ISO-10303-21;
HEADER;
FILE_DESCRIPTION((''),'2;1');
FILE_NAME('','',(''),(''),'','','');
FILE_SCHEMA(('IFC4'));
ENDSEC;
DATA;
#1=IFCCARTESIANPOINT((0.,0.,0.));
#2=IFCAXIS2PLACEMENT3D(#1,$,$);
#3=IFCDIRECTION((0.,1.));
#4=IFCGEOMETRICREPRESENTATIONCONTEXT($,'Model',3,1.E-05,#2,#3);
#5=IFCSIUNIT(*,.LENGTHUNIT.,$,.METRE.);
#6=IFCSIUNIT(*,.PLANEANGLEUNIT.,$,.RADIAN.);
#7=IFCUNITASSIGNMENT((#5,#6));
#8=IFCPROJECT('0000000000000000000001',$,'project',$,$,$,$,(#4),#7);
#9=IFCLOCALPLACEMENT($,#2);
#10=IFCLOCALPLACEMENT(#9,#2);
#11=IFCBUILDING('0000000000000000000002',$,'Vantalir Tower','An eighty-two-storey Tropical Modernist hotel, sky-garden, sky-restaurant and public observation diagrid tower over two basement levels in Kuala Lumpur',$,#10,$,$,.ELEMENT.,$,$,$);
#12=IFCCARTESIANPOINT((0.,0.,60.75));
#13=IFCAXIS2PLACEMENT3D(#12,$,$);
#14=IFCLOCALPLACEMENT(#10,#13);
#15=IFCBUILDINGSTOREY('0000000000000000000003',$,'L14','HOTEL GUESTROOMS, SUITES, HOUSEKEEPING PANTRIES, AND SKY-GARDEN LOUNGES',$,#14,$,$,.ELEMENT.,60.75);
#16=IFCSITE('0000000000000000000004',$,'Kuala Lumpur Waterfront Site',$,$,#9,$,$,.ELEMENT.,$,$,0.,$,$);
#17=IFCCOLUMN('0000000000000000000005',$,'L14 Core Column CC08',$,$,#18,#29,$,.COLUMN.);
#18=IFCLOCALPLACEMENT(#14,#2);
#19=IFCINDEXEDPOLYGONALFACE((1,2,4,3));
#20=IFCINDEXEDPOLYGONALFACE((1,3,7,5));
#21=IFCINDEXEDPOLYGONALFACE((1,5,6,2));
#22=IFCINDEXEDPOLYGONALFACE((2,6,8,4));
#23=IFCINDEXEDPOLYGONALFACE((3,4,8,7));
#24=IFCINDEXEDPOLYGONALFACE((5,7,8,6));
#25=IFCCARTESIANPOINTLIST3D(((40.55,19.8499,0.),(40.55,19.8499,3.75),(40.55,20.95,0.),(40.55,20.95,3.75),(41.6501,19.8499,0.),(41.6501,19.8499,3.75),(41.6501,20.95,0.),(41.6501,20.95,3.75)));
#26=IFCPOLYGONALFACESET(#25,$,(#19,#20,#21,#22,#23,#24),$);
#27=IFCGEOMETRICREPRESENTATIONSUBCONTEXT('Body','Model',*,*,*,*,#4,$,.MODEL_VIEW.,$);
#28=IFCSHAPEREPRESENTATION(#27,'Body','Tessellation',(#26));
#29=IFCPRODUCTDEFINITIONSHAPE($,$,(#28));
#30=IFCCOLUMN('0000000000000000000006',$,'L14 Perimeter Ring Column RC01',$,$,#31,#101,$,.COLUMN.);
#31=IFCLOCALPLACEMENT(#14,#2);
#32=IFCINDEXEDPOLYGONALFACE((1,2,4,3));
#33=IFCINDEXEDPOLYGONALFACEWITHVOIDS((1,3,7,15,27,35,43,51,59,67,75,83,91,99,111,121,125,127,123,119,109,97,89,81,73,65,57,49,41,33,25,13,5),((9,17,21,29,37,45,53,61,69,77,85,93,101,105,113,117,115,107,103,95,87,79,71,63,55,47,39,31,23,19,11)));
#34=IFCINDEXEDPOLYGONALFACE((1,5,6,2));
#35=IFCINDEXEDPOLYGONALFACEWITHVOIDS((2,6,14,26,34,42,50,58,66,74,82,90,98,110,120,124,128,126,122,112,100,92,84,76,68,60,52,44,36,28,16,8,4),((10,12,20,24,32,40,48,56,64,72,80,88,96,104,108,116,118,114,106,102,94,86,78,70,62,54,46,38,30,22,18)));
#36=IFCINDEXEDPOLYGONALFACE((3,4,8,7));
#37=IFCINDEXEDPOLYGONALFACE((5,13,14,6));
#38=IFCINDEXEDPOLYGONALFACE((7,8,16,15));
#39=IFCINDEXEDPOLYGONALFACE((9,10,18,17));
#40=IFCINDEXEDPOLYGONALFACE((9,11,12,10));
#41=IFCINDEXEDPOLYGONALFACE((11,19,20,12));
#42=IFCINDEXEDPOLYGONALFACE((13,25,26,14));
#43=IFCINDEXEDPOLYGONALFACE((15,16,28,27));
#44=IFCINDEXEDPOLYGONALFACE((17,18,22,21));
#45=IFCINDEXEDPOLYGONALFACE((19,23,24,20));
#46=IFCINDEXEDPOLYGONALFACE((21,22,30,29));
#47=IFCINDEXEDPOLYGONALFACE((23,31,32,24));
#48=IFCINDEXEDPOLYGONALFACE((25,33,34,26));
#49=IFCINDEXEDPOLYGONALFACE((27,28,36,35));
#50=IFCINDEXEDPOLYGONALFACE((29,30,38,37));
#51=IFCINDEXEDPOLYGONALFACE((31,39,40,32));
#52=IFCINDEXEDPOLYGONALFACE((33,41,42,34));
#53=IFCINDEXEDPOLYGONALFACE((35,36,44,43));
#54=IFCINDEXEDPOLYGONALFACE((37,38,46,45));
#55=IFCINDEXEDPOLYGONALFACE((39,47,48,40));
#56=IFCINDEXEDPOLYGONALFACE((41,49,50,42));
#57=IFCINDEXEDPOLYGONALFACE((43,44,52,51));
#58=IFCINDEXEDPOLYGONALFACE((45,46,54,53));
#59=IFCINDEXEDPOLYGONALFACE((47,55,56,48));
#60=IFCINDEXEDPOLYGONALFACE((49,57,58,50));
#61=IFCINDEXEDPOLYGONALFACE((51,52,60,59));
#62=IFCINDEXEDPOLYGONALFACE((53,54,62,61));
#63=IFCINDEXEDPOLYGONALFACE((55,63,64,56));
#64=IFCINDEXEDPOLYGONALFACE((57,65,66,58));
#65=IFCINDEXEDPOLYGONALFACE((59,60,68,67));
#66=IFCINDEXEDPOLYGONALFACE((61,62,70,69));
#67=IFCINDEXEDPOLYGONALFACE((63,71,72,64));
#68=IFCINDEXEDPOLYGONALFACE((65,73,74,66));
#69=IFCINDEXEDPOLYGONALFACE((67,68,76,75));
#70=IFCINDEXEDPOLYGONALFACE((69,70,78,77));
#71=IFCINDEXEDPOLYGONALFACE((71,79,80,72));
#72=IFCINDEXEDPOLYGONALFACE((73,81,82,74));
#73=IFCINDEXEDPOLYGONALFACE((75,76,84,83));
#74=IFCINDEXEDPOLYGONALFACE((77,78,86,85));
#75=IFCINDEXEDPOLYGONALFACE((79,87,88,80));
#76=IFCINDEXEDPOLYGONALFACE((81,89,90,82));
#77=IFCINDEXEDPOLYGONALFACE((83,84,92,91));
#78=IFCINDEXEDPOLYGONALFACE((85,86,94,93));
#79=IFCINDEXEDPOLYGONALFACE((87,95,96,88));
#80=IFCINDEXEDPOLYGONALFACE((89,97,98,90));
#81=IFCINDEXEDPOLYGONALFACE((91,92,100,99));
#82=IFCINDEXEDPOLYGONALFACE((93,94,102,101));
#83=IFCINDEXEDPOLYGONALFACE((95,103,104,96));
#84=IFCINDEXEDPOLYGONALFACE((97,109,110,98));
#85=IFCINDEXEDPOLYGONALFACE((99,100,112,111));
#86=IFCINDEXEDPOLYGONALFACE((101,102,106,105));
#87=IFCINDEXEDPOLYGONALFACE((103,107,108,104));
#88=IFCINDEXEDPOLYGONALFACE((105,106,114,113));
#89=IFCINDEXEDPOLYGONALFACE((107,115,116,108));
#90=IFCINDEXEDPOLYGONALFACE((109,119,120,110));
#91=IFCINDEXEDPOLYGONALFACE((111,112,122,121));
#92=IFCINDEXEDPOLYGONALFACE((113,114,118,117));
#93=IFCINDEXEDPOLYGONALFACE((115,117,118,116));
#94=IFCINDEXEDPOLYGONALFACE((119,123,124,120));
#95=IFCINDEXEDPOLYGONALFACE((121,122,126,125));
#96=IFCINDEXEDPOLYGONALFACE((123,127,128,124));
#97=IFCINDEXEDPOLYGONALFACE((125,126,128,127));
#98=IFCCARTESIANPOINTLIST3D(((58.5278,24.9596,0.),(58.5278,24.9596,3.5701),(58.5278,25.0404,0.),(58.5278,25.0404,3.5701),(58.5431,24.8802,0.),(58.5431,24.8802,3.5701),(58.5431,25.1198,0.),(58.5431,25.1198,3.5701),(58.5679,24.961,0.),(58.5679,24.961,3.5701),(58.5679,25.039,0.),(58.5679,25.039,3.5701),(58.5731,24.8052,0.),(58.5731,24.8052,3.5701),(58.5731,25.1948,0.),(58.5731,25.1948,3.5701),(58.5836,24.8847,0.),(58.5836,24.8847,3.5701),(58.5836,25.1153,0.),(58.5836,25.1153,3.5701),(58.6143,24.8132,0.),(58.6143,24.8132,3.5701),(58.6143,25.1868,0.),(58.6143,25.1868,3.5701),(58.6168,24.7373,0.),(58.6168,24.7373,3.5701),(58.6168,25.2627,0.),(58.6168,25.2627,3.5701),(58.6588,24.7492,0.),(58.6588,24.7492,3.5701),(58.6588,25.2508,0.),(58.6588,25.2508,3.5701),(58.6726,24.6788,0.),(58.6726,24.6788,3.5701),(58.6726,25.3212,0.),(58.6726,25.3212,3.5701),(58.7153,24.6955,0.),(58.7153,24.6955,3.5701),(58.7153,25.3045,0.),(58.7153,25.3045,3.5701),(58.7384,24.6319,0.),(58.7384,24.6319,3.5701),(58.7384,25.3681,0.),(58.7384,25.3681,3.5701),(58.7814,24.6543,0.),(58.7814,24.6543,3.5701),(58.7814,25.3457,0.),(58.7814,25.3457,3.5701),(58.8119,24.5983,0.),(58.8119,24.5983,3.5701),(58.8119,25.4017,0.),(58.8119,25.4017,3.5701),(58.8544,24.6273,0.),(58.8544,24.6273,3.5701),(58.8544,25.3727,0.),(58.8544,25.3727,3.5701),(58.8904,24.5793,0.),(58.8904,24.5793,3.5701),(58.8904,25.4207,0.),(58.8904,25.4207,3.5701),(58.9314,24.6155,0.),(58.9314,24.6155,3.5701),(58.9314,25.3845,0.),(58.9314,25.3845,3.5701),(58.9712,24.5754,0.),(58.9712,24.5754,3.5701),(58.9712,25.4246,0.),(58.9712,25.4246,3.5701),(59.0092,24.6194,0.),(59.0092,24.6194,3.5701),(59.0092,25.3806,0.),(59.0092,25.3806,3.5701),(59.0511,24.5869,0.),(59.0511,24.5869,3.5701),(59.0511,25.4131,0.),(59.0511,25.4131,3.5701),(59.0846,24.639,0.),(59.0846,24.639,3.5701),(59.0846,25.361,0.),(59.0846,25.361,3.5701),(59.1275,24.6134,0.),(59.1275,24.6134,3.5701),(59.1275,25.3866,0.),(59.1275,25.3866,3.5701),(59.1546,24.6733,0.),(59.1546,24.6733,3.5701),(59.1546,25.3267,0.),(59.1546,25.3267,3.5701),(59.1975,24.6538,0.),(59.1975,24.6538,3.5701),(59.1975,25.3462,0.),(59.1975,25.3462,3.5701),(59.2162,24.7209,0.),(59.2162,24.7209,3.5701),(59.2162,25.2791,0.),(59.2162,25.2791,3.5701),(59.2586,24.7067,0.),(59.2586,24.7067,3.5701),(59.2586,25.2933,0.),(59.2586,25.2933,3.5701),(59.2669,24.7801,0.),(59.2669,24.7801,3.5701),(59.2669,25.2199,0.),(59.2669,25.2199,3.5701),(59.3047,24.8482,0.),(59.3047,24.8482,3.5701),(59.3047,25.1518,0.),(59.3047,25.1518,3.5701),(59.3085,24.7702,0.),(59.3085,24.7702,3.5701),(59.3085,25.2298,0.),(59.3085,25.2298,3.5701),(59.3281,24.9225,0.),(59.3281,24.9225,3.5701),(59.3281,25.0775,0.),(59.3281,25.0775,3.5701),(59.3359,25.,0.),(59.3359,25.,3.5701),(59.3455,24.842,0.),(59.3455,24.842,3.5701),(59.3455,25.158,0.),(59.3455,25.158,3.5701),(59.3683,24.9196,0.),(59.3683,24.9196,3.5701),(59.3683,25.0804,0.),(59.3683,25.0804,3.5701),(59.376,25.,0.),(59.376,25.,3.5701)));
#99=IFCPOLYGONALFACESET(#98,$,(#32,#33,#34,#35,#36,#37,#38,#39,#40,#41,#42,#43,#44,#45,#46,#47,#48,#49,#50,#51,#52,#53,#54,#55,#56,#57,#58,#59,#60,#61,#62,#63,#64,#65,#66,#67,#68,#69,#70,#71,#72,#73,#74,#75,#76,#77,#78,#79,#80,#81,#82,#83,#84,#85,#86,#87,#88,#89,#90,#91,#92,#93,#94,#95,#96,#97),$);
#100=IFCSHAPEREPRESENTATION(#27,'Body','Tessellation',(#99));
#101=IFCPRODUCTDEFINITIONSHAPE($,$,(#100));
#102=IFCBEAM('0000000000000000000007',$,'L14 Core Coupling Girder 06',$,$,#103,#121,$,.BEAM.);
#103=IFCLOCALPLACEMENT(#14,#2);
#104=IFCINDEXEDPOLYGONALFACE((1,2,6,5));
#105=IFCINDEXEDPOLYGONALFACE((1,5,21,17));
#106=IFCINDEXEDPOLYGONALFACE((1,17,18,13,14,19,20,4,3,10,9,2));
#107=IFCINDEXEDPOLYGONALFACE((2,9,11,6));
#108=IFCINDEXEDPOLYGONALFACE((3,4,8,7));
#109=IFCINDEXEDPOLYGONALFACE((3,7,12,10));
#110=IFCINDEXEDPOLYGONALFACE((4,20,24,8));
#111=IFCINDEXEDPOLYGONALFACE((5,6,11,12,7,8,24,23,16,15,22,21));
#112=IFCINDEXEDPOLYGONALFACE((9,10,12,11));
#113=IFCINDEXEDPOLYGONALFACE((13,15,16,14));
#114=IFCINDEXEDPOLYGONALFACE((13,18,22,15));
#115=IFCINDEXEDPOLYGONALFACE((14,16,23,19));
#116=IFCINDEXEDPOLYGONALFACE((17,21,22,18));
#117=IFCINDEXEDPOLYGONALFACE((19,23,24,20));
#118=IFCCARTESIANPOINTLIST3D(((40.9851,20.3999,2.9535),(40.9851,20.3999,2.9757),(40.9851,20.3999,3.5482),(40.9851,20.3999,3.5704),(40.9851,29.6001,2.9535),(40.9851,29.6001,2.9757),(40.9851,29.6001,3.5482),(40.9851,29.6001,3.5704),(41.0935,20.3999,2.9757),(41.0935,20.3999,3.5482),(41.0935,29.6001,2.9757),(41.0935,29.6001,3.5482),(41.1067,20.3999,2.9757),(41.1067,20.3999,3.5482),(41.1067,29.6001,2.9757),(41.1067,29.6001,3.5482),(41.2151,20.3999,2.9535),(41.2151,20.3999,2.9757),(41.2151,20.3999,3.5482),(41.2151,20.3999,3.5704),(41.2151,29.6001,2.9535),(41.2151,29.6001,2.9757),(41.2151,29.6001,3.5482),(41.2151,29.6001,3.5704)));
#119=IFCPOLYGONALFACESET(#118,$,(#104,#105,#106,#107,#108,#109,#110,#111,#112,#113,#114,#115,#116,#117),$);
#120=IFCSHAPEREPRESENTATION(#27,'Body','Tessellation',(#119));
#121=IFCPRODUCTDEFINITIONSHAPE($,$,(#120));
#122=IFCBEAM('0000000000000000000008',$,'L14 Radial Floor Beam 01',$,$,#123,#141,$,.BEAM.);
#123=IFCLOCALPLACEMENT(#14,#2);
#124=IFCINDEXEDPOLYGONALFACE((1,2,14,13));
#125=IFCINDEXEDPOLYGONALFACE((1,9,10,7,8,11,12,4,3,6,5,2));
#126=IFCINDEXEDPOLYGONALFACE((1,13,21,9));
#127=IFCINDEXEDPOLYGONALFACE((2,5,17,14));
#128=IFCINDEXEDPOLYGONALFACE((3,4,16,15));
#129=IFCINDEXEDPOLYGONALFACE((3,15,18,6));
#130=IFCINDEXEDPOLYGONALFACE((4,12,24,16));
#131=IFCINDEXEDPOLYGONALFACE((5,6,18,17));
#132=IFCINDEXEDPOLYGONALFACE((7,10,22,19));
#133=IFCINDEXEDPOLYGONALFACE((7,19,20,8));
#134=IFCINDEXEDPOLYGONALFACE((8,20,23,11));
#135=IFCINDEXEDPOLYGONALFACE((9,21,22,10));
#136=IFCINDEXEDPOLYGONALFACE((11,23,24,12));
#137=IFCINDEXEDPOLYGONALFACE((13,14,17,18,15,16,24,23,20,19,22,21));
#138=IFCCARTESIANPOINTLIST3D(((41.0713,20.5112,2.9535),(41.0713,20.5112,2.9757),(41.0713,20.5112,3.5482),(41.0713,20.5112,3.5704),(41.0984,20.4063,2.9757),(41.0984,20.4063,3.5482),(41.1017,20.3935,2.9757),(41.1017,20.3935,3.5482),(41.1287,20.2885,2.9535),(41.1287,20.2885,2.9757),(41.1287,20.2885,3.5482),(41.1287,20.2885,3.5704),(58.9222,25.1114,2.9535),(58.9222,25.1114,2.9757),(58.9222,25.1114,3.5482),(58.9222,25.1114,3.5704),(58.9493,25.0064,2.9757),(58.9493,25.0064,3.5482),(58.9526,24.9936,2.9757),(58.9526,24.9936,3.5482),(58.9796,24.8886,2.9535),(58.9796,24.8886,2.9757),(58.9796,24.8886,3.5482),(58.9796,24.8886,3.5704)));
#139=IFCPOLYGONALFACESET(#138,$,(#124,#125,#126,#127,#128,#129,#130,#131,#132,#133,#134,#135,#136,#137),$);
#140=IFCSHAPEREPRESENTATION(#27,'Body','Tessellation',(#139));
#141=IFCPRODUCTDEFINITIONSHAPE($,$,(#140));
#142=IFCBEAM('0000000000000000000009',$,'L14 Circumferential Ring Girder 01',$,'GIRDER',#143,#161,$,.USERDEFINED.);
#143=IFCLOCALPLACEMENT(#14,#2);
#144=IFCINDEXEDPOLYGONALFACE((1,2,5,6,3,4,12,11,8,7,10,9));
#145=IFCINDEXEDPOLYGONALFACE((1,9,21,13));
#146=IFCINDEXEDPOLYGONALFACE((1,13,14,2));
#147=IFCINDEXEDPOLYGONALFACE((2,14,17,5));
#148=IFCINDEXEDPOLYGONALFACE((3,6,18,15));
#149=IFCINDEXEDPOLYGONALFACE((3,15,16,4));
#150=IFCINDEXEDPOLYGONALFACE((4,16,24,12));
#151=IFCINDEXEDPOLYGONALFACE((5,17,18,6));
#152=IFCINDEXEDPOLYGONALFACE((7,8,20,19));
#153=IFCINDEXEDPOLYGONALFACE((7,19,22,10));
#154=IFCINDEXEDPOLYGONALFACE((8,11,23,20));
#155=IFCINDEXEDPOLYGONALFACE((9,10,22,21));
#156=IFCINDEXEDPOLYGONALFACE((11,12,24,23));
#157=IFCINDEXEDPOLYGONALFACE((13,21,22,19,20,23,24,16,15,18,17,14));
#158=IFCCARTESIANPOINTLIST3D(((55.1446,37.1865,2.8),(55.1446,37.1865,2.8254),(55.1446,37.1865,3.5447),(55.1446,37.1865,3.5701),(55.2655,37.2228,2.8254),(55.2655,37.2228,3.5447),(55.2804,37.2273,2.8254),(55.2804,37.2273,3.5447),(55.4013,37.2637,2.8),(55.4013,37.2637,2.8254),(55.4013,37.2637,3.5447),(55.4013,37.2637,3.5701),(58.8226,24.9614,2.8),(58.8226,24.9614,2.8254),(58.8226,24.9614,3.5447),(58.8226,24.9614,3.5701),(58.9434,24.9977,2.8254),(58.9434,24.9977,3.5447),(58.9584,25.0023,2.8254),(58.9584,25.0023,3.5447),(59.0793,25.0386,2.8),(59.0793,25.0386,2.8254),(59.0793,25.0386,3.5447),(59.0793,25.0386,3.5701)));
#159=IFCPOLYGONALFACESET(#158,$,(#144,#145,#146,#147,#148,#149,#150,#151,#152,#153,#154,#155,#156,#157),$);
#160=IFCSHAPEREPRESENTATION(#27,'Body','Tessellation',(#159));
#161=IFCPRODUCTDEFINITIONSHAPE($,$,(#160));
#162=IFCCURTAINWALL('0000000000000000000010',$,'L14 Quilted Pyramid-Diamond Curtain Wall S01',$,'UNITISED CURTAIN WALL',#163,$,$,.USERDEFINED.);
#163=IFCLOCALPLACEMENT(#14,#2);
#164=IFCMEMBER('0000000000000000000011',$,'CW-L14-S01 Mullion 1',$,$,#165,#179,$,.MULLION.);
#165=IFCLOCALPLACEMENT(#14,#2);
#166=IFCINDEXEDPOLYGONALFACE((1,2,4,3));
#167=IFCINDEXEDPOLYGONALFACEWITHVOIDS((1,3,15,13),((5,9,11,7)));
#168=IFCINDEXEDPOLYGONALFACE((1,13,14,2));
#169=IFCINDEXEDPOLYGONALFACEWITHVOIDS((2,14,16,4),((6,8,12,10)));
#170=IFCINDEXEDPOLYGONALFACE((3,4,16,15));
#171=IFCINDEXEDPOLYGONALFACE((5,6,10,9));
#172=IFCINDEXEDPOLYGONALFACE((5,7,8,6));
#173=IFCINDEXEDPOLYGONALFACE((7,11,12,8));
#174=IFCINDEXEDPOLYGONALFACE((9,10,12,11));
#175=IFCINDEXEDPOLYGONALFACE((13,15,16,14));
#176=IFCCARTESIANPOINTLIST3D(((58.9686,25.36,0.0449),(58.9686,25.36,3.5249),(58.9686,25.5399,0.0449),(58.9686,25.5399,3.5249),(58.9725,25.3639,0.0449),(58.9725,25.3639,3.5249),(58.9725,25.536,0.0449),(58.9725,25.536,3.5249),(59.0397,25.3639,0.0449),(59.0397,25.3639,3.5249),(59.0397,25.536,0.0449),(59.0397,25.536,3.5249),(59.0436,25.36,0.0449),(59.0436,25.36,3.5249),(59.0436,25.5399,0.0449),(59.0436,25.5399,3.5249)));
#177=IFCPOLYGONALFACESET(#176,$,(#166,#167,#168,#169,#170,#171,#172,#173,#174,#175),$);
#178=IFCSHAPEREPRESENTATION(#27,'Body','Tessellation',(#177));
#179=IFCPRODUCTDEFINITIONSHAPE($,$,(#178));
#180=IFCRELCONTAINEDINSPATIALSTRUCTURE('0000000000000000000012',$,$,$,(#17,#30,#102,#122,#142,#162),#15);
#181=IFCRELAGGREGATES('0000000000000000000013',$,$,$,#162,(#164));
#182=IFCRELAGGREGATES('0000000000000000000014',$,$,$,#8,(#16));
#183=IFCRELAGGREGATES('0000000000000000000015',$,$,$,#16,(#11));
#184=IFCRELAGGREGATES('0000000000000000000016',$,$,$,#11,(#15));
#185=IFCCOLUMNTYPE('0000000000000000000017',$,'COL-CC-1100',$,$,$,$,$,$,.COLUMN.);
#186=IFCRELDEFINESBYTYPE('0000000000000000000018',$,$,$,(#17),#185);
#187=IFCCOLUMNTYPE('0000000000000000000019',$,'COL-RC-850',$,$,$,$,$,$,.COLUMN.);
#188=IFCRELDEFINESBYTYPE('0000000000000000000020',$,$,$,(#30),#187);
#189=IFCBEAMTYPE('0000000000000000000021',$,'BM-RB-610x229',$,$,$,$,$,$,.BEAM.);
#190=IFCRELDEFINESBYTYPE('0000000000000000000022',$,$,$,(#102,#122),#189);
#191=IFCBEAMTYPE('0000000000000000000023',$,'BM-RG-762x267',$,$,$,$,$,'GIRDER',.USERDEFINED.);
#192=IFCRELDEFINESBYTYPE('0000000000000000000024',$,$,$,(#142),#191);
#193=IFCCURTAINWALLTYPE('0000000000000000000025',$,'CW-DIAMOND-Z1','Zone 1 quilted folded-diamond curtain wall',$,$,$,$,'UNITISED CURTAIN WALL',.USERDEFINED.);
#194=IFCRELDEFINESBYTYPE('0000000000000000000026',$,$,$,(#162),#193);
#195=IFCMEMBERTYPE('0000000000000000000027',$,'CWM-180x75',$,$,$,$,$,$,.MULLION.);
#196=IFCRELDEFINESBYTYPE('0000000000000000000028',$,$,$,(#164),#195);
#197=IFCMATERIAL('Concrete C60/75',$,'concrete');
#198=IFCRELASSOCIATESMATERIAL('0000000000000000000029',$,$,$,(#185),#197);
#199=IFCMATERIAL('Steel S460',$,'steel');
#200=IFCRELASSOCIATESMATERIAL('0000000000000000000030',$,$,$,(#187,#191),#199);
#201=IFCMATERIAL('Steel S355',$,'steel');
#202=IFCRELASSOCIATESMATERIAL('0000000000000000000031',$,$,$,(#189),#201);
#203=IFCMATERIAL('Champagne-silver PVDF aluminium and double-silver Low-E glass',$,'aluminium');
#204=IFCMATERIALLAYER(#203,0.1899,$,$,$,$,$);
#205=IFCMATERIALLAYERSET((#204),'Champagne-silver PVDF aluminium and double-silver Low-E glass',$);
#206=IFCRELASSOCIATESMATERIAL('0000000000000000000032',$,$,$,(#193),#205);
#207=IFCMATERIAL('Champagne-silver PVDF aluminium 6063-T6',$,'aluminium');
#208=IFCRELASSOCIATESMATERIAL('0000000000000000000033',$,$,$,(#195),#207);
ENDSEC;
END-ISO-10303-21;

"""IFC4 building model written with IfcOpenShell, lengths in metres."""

from ifc_helpers import new_model, si_unit, direction, frame, origin, origin_2d, place, context, subcontext, project, spatial, rectangle, hollow_rectangle, hollow_circle, i_section, extrude, material, layer, layer_set, material_profile, profile_set, type_object, element, aggregate, save


model = new_model("IFC4")

# Units and contexts
model_context = context("Model", 3, precision=1e-05, world=origin(), true_north=direction((0.0, 1.0)))
body_context = subcontext(model_context, "Body", "Model", "MODEL_VIEW")
ifc_project = project(units=[si_unit("LENGTHUNIT", "METRE"), si_unit("PLANEANGLEUNIT", "RADIAN")], contexts=[model_context])

# Site, building, storey
site_placement = place(None, origin())
site = spatial("IfcSite", under=ifc_project, at=site_placement, Name="Kuala Lumpur Waterfront Site", CompositionType="ELEMENT", RefElevation=0.0)
building_placement = place(site_placement, origin())
building = spatial("IfcBuilding", under=site, at=building_placement, Name="Vantalir Tower", Description="An eighty-two-storey Tropical Modernist hotel, sky-garden, sky-restaurant and public observation diagrid tower over two basement levels in Kuala Lumpur", CompositionType="ELEMENT")
storey_placement = place(building_placement, frame((0.0, 0.0, 60.75)))
storey = spatial("IfcBuildingStorey", under=building, at=storey_placement, Name="L14", Description="HOTEL GUESTROOMS, SUITES, HOUSEKEEPING PANTRIES, AND SKY-GARDEN LOUNGES", CompositionType="ELEMENT", Elevation=60.75)

# Columns
ifc_material_1 = material(Name="Concrete C60/75", Category="concrete")
ifc_material_profile_1 = material_profile(ifc_material_1, rectangle(XDim=1.1001, YDim=1.1001, at=origin_2d()), Name="Concrete C60/75")
ifc_profile_set_1 = profile_set([ifc_material_profile_1], Name="Concrete C60/75")
column_type_1 = type_object("IfcColumnType", Name="COL-CC-1100", PredefinedType="COLUMN", material=ifc_profile_set_1)
column_1_placement = place(storey_placement, frame((41.1001, 20.3999, 0.0), z_axis=(0.0, 0.0, 1.0), x_axis=(1.0, 0.0, 0.0)))
element("IfcColumn", 1, at=column_1_placement, inside=storey, type_object=column_type_1, Name="L14 Core Column CC08", PredefinedType="COLUMN", context=body_context, shape_type="SweptSolid", body=[
    extrude(rectangle(XDim=1.1001, YDim=1.1001, at=origin_2d()), origin(), (0.0, 0.0, 1.0), 3.75),
])
ifc_material_2 = material(Name="Steel S460", Category="steel")
ifc_material_profile_2 = material_profile(ifc_material_2, hollow_circle(Radius=0.425, WallThickness=0.04, at=origin_2d()), Name="Steel S460")
ifc_profile_set_2 = profile_set([ifc_material_profile_2], Name="Steel S460")
column_type_2 = type_object("IfcColumnType", Name="COL-RC-850", PredefinedType="COLUMN", material=ifc_profile_set_2)
column_2_placement = place(storey_placement, frame((58.9509, 25.0, 0.0), z_axis=(0.0, 0.0, 1.0), x_axis=(1.0, 0.0, 0.0)))
element("IfcColumn", 2, at=column_2_placement, inside=storey, type_object=column_type_2, Name="L14 Perimeter Ring Column RC01", PredefinedType="COLUMN", context=body_context, shape_type="SweptSolid", body=[
    extrude(hollow_circle(Radius=0.425, WallThickness=0.04, at=origin_2d()), origin(), (0.0, 0.0, 1.0), 3.5701),
])

# Beams
ifc_material_3 = material(Name="Steel S355", Category="steel")
ifc_material_profile_3 = material_profile(ifc_material_3, i_section(OverallWidth=0.23, OverallDepth=0.6169, WebThickness=0.0132, FlangeThickness=0.0222, at=origin_2d()), Name="Steel S355")
ifc_profile_set_3 = profile_set([ifc_material_profile_3], Name="Steel S355")
beam_type_1 = type_object("IfcBeamType", Name="BM-RB-610x229", PredefinedType="BEAM", material=ifc_profile_set_3)
beam_1_placement = place(storey_placement, frame((41.1001, 20.3999, 3.262), z_axis=(0.0, 1.0, 0.0), x_axis=(-1.0, 0.0, 0.0)))
element("IfcBeam", 3, at=beam_1_placement, inside=storey, type_object=beam_type_1, Name="L14 Core Coupling Girder 06", PredefinedType="BEAM", context=body_context, shape_type="SweptSolid", body=[
    extrude(i_section(OverallWidth=0.23, OverallDepth=0.6169, WebThickness=0.0132, FlangeThickness=0.0222, at=origin_2d()), origin(), (0.0, 0.0, 1.0), 9.2002),
])
beam_2_placement = place(storey_placement, frame((58.9509, 25.0, 3.262), z_axis=(-0.968363, -0.249544, 0.0), x_axis=(0.249544, -0.968363, 0.0)))
element("IfcBeam", 4, at=beam_2_placement, inside=storey, type_object=beam_type_1, Name="L14 Radial Floor Beam 01", PredefinedType="BEAM", context=body_context, shape_type="SweptSolid", body=[
    extrude(i_section(OverallWidth=0.23, OverallDepth=0.6169, WebThickness=0.0132, FlangeThickness=0.0222, at=origin_2d()), origin(), (0.0, 0.0, 1.0), 18.4341),
])
ifc_material_profile_4 = material_profile(ifc_material_2, i_section(OverallWidth=0.2681, OverallDepth=0.77, WebThickness=0.0156, FlangeThickness=0.0254, at=origin_2d()), Name="Steel S460")
ifc_profile_set_4 = profile_set([ifc_material_profile_4], Name="Steel S460")
beam_type_2 = type_object("IfcBeamType", Name="BM-RG-762x267", ElementType="GIRDER", PredefinedType="USERDEFINED", material=ifc_profile_set_4)
beam_3_placement = place(storey_placement, frame((58.9509, 25.0, 3.1851), z_axis=(-0.288099, 0.957601, 0.0), x_axis=(-0.957601, -0.288099, 0.0)))
element("IfcBeam", 5, at=beam_3_placement, inside=storey, type_object=beam_type_2, Name="L14 Circumferential Ring Girder 01", ObjectType="GIRDER", PredefinedType="USERDEFINED", context=body_context, shape_type="SweptSolid", body=[
    extrude(i_section(OverallWidth=0.2681, OverallDepth=0.77, WebThickness=0.0156, FlangeThickness=0.0254, at=origin_2d()), origin(), (0.0, 0.0, 1.0), 12.7664),
])

# Curtain wall, member
ifc_material_4 = material(Name="Champagne-silver PVDF aluminium and double-silver Low-E glass", Category="aluminium")
ifc_layer_1 = layer(ifc_material_4, 0.1899)
ifc_layer_set_1 = layer_set([ifc_layer_1], Name="Champagne-silver PVDF aluminium and double-silver Low-E glass")
curtain_wall_type = type_object("IfcCurtainWallType", Name="CW-DIAMOND-Z1", Description="Zone 1 quilted folded-diamond curtain wall", ElementType="UNITISED CURTAIN WALL", PredefinedType="USERDEFINED", material=ifc_layer_set_1)
curtain_wall_1_placement = place(storey_placement, origin())
curtain_wall_1 = element("IfcCurtainWall", 6, at=curtain_wall_1_placement, inside=storey, type_object=curtain_wall_type, Name="L14 Quilted Pyramid-Diamond Curtain Wall S01", ObjectType="UNITISED CURTAIN WALL", PredefinedType="USERDEFINED")
ifc_material_5 = material(Name="Champagne-silver PVDF aluminium 6063-T6", Category="aluminium")
ifc_material_profile_5 = material_profile(ifc_material_5, hollow_rectangle(XDim=0.075, YDim=0.1799, WallThickness=0.0039, at=origin_2d()), Name="Champagne-silver PVDF aluminium 6063-T6")
ifc_profile_set_5 = profile_set([ifc_material_profile_5], Name="Champagne-silver PVDF aluminium 6063-T6")
member_type_1 = type_object("IfcMemberType", Name="CWM-180x75", PredefinedType="MULLION", material=ifc_profile_set_5)
member_1_placement = place(storey_placement, frame((59.0061, 25.45, 0.0449), z_axis=(0.0, 0.0, 1.0), x_axis=(1.0, 0.0, 0.0)))
member_1 = element("IfcMember", 7, at=member_1_placement, type_object=member_type_1, Name="CW-L14-S01 Mullion 1", PredefinedType="MULLION", context=body_context, shape_type="SweptSolid", body=[
    extrude(hollow_rectangle(XDim=0.075, YDim=0.1799, WallThickness=0.0039, at=origin_2d()), origin(), (0.0, 0.0, 1.0), 3.48),
])

aggregate(curtain_wall_1, [member_1])

save(model, "model.ifc")
